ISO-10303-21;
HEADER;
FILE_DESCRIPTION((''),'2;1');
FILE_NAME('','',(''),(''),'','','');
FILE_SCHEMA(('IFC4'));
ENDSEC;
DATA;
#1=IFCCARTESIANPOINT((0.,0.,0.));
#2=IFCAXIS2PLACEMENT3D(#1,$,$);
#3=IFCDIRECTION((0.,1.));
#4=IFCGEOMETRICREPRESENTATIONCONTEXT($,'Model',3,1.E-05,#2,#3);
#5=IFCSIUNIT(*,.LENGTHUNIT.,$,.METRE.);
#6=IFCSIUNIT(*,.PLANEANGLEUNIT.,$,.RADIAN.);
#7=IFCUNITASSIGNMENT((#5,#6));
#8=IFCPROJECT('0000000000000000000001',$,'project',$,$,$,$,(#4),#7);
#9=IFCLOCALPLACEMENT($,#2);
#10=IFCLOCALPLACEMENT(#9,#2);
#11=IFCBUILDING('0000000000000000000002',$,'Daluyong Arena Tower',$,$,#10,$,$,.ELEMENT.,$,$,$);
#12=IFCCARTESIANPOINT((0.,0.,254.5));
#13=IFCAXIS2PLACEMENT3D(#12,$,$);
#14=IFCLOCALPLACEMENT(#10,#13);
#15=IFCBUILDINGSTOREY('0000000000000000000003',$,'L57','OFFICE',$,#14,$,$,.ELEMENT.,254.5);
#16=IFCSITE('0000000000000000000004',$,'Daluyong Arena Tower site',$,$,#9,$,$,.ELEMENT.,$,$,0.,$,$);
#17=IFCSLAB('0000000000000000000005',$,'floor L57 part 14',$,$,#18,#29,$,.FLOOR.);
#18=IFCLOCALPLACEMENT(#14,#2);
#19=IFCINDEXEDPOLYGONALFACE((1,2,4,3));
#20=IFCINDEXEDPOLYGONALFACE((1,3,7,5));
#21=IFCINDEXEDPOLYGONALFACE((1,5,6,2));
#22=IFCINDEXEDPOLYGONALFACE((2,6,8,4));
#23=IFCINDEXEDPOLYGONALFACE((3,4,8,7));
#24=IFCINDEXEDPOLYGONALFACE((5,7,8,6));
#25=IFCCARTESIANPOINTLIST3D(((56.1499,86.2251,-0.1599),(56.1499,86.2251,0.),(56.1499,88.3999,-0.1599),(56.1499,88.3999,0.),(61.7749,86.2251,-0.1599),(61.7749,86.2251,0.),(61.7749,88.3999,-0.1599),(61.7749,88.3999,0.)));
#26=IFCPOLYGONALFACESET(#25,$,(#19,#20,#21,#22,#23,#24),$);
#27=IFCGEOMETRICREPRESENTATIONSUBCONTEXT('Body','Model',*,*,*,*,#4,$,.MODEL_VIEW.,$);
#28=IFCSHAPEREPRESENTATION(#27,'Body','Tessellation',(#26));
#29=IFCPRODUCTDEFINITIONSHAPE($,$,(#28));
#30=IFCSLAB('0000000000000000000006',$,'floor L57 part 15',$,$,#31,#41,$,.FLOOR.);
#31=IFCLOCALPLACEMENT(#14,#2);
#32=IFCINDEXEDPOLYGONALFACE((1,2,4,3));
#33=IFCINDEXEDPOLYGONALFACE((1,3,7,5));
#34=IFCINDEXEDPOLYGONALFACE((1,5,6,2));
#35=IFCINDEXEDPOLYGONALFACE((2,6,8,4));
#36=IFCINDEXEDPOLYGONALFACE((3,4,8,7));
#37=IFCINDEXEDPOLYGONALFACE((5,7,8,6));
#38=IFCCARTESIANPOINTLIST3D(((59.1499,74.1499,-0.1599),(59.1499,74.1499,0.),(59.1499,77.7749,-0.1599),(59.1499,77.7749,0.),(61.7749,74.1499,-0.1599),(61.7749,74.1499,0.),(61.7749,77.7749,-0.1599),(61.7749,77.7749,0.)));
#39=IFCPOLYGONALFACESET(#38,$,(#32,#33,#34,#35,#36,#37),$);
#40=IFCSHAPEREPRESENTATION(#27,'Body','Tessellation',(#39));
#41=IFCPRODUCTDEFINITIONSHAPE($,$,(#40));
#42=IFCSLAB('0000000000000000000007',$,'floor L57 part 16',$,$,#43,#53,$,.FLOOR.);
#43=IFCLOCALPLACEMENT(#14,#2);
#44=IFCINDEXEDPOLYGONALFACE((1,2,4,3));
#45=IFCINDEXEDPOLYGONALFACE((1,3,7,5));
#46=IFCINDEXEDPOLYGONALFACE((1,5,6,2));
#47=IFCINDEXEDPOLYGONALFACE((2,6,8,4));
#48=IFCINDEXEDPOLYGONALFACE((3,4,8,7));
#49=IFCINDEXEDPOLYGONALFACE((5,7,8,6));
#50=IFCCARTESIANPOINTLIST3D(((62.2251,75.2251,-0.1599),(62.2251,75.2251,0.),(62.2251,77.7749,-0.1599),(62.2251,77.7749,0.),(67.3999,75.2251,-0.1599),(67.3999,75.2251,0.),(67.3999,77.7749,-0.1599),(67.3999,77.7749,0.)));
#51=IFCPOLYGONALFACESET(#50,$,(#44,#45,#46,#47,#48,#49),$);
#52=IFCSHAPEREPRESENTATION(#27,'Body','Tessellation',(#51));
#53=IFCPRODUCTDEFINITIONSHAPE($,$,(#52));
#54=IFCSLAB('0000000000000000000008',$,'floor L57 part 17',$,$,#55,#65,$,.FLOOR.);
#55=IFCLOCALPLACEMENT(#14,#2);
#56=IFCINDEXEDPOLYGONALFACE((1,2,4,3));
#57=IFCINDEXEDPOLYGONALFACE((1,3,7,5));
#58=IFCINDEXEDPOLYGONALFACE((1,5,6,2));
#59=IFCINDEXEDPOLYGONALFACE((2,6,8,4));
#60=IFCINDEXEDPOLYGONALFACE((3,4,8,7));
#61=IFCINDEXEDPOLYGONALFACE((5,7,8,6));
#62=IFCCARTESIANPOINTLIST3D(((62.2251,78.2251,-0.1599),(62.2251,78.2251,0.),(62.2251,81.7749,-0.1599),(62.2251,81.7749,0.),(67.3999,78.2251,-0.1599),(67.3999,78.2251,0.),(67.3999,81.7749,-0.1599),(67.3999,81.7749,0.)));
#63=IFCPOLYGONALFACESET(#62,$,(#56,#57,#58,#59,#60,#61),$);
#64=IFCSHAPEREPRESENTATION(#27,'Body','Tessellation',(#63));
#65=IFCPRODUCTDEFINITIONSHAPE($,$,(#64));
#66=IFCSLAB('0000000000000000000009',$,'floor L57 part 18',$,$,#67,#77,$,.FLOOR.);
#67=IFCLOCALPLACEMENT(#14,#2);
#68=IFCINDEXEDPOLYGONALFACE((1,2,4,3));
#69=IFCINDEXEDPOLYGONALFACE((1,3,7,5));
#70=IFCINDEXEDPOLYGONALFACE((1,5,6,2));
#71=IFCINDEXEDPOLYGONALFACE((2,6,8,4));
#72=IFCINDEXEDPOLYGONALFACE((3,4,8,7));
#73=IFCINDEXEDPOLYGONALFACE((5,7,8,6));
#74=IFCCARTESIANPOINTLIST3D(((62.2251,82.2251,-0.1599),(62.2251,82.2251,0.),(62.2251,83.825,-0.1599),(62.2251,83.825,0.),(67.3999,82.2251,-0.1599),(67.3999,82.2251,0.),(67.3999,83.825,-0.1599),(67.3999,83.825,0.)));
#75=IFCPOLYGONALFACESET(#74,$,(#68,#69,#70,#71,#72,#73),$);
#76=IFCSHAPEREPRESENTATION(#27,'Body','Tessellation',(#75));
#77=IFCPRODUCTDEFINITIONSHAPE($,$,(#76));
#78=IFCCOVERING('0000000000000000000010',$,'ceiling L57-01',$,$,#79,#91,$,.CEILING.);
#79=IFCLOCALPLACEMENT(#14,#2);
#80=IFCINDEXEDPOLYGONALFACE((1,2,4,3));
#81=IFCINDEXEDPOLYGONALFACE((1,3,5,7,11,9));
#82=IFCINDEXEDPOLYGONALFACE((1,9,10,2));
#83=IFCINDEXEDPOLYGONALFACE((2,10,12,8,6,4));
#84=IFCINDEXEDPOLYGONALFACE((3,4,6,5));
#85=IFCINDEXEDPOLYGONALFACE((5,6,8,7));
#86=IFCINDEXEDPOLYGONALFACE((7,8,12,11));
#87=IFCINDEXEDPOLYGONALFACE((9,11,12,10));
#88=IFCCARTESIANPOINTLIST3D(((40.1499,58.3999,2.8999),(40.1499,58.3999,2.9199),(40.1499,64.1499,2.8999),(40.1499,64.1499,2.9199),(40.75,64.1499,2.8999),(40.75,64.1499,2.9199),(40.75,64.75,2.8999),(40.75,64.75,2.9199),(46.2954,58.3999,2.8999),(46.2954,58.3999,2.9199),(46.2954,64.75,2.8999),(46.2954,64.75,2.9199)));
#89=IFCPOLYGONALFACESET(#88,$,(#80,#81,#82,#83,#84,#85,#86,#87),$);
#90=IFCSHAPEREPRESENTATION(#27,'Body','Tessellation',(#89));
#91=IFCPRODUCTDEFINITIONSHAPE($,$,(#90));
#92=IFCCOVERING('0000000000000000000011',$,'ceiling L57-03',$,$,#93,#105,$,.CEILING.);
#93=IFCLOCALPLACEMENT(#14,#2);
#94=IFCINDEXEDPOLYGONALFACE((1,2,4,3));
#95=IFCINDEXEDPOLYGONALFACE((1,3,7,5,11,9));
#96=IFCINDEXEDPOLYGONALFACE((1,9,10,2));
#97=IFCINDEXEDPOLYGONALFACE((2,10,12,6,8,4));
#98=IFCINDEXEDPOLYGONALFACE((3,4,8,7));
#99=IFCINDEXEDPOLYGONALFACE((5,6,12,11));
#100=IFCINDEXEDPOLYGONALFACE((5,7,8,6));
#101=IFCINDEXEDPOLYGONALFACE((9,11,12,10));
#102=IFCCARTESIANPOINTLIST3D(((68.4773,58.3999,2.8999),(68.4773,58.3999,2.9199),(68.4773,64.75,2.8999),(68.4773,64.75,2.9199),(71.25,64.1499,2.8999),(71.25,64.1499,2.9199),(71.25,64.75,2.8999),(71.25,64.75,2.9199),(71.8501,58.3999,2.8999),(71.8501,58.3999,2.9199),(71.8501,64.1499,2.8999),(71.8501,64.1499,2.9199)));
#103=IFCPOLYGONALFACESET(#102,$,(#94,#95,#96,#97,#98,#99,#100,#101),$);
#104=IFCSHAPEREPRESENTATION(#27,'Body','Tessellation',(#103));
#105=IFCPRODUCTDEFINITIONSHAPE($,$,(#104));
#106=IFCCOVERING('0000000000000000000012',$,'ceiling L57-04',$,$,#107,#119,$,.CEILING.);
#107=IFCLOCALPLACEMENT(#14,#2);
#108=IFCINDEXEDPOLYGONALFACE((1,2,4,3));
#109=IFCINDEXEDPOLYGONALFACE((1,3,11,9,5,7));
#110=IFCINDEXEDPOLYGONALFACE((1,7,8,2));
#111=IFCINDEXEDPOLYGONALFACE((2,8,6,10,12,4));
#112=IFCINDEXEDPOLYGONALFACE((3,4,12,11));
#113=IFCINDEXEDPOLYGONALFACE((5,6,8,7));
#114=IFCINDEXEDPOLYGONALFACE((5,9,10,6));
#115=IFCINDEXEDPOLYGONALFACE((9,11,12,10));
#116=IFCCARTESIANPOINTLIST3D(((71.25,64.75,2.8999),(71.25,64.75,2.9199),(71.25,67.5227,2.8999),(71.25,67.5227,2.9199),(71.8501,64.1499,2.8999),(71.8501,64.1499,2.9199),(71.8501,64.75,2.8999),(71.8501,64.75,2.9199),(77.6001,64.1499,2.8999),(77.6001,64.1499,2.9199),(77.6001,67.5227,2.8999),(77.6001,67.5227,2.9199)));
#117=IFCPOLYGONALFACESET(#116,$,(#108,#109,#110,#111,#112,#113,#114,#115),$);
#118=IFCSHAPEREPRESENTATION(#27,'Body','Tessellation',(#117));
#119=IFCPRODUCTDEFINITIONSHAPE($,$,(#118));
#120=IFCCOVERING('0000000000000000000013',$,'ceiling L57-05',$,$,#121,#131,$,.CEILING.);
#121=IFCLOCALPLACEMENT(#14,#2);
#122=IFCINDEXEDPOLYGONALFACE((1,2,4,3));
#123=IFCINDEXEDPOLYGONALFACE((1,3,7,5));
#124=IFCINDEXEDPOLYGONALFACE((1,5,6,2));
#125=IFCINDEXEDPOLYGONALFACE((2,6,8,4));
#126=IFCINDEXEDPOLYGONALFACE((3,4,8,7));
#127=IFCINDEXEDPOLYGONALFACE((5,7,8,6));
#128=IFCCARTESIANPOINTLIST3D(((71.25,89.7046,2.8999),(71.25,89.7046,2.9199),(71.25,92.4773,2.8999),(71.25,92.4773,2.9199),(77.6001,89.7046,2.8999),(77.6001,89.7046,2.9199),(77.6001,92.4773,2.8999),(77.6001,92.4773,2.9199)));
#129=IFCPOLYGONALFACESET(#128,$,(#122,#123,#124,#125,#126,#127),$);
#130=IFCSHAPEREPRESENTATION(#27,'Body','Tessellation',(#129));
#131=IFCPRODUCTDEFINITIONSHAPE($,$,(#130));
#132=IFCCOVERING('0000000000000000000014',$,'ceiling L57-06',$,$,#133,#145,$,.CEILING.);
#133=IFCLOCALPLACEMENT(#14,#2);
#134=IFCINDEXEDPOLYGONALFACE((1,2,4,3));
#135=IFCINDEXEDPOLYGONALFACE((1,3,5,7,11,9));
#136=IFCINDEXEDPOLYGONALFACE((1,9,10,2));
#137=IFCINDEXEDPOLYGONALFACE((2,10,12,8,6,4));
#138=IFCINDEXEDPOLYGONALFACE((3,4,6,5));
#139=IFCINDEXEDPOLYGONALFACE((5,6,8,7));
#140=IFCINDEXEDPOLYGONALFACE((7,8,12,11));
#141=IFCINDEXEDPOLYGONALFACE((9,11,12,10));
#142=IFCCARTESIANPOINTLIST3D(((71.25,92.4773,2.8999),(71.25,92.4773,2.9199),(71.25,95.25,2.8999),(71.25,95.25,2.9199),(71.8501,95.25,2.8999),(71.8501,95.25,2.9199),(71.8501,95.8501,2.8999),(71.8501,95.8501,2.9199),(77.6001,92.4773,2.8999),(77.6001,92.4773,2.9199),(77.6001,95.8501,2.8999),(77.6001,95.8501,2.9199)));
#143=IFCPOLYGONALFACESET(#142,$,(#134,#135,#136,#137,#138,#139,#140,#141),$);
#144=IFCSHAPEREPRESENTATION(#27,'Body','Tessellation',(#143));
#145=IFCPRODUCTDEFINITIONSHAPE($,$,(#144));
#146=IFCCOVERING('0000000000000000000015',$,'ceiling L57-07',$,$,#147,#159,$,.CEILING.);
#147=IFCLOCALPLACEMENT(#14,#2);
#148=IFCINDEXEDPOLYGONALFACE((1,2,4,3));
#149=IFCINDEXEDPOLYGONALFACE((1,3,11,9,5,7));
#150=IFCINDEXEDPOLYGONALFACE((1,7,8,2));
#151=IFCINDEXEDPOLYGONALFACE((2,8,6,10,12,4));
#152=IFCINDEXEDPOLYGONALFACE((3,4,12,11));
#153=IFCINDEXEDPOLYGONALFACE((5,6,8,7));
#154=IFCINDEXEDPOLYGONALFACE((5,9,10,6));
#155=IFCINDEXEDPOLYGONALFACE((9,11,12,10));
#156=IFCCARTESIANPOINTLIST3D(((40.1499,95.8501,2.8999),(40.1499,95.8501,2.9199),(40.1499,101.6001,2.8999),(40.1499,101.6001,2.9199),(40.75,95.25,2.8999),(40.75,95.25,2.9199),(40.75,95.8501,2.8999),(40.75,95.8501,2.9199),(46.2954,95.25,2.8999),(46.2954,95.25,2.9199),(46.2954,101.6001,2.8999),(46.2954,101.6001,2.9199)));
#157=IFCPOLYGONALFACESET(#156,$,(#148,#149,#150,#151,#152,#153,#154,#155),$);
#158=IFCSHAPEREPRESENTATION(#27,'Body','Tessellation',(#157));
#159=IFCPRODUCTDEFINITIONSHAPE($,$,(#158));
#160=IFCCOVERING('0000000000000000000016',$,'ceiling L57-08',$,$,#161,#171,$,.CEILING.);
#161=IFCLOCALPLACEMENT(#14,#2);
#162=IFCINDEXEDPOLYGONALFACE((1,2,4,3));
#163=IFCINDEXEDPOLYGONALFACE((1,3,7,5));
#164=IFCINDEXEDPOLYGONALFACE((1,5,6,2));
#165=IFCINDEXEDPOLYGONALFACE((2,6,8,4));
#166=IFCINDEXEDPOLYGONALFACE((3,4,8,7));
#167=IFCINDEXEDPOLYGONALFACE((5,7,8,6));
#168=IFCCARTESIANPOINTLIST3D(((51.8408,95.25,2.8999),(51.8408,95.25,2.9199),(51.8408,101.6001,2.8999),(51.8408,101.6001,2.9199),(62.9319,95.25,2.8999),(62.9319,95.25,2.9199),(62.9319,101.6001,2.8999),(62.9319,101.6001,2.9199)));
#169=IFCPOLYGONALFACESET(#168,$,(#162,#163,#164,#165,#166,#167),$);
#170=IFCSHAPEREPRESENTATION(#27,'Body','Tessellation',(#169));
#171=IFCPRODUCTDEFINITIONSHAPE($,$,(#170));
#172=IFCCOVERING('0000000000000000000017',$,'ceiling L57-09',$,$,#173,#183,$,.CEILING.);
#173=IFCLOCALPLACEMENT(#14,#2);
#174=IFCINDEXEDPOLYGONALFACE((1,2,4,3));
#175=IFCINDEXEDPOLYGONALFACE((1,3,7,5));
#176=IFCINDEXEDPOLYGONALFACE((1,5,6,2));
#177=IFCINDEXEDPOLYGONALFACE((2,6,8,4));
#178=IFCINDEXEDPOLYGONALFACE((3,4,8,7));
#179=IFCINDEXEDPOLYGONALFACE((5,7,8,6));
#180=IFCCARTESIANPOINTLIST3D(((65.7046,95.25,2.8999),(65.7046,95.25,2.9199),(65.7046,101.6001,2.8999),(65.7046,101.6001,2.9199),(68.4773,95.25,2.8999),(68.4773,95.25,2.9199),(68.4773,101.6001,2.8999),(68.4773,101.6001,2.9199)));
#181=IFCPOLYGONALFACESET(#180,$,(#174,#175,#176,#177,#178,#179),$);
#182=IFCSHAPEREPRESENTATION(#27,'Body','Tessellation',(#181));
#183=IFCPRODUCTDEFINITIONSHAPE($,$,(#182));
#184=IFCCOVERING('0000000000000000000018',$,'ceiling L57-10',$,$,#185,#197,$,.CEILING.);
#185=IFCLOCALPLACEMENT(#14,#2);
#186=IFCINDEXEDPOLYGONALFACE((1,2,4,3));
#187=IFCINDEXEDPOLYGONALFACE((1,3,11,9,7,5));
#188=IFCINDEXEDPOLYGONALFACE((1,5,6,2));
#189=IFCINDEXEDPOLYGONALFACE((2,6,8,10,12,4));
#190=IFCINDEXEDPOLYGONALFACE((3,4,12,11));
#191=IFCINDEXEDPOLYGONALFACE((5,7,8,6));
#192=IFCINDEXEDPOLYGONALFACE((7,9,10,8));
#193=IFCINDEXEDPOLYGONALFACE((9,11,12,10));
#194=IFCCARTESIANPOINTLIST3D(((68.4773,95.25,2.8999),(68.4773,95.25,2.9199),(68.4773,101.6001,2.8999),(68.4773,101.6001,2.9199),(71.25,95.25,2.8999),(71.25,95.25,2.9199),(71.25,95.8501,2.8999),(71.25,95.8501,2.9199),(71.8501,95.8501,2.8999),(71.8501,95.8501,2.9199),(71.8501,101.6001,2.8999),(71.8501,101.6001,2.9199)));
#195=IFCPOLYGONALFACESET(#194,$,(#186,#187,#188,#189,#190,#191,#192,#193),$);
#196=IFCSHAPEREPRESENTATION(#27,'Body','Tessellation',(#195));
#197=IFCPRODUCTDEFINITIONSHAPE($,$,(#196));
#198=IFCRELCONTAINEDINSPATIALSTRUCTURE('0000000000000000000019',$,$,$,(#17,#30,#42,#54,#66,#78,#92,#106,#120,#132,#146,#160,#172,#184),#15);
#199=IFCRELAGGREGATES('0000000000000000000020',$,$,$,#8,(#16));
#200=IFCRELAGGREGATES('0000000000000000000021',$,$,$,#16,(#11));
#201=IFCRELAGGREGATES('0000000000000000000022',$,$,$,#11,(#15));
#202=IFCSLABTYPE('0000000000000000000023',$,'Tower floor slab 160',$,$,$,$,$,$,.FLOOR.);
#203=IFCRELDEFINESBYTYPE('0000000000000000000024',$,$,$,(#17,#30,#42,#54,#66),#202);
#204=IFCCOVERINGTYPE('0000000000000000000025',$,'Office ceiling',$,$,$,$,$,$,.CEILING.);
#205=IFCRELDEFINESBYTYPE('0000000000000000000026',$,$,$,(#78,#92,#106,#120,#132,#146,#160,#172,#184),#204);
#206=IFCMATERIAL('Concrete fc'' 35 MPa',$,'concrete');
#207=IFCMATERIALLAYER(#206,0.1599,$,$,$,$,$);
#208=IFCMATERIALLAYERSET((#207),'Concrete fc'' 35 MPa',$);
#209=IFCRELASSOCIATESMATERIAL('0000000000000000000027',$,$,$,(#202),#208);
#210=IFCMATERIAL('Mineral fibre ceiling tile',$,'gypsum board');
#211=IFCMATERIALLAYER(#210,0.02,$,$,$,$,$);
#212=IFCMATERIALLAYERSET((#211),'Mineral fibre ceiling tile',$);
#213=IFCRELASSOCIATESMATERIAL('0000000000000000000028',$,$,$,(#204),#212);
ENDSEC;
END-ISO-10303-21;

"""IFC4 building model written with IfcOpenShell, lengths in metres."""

from ifc_helpers import new_model, si_unit, direction, frame, origin, place, context, subcontext, project, spatial, polyline, outline, extrude, material, layer, layer_set, type_object, element, save


model = new_model("IFC4")

# Units and contexts
model_context = context("Model", 3, precision=1e-05, world=origin(), true_north=direction((0.0, 1.0)))
body_context = subcontext(model_context, "Body", "Model", "MODEL_VIEW")
ifc_project = project(units=[si_unit("LENGTHUNIT", "METRE"), si_unit("PLANEANGLEUNIT", "RADIAN")], contexts=[model_context])

# Site, building, storey
site_placement = place(None, origin())
site = spatial("IfcSite", under=ifc_project, at=site_placement, Name="Daluyong Arena Tower site", CompositionType="ELEMENT", RefElevation=0.0)
building_placement = place(site_placement, origin())
building = spatial("IfcBuilding", under=site, at=building_placement, Name="Daluyong Arena Tower", CompositionType="ELEMENT")
storey_placement = place(building_placement, frame((0.0, 0.0, 254.5)))
storey = spatial("IfcBuildingStorey", under=building, at=storey_placement, Name="L57", Description="OFFICE", CompositionType="ELEMENT", Elevation=254.5)

# Slabs
ifc_material_1 = material(Name="Concrete fc' 35 MPa", Category="concrete")
ifc_layer_1 = layer(ifc_material_1, 0.1599)
ifc_layer_set_1 = layer_set([ifc_layer_1], Name="Concrete fc' 35 MPa")
slab_type = type_object("IfcSlabType", Name="Tower floor slab 160", PredefinedType="FLOOR", material=ifc_layer_set_1)
slab_1_placement = place(storey_placement, frame((0.0, 0.0, -0.1599)))
element("IfcSlab", 1, at=slab_1_placement, inside=storey, type_object=slab_type, Name="floor L57 part 14", PredefinedType="FLOOR", context=body_context, shape_type="SweptSolid", body=[
    extrude(outline(polyline([(56.1499, 88.3999), (56.1499, 86.2251), (61.7749, 86.2251), (61.7749, 88.3999), (56.1499, 88.3999)])), origin(), (0.0, 0.0, 1.0), 0.1599),
])
slab_2_placement = place(storey_placement, frame((0.0, 0.0, -0.1599)))
element("IfcSlab", 2, at=slab_2_placement, inside=storey, type_object=slab_type, Name="floor L57 part 15", PredefinedType="FLOOR", context=body_context, shape_type="SweptSolid", body=[
    extrude(outline(polyline([(61.7749, 77.7749), (59.1499, 77.7749), (59.1499, 74.1499), (61.7749, 74.1499), (61.7749, 77.7749)])), origin(), (0.0, 0.0, 1.0), 0.1599),
])
slab_3_placement = place(storey_placement, frame((0.0, 0.0, -0.1599)))
element("IfcSlab", 3, at=slab_3_placement, inside=storey, type_object=slab_type, Name="floor L57 part 16", PredefinedType="FLOOR", context=body_context, shape_type="SweptSolid", body=[
    extrude(outline(polyline([(67.3999, 75.2251), (67.3999, 77.7749), (62.2251, 77.7749), (62.2251, 75.2251), (67.3999, 75.2251)])), origin(), (0.0, 0.0, 1.0), 0.1599),
])
slab_4_placement = place(storey_placement, frame((0.0, 0.0, -0.1599)))
element("IfcSlab", 4, at=slab_4_placement, inside=storey, type_object=slab_type, Name="floor L57 part 17", PredefinedType="FLOOR", context=body_context, shape_type="SweptSolid", body=[
    extrude(outline(polyline([(67.3999, 78.2251), (67.3999, 81.7749), (62.2251, 81.7749), (62.2251, 78.2251), (67.3999, 78.2251)])), origin(), (0.0, 0.0, 1.0), 0.1599),
])
slab_5_placement = place(storey_placement, frame((0.0, 0.0, -0.1599)))
element("IfcSlab", 5, at=slab_5_placement, inside=storey, type_object=slab_type, Name="floor L57 part 18", PredefinedType="FLOOR", context=body_context, shape_type="SweptSolid", body=[
    extrude(outline(polyline([(67.3999, 83.825), (62.2251, 83.825), (62.2251, 82.2251), (67.3999, 82.2251), (67.3999, 83.825)])), origin(), (0.0, 0.0, 1.0), 0.1599),
])

# Coverings
ifc_material_2 = material(Name="Mineral fibre ceiling tile", Category="gypsum board")
ifc_layer_2 = layer(ifc_material_2, 0.02)
ifc_layer_set_2 = layer_set([ifc_layer_2], Name="Mineral fibre ceiling tile")
covering_type = type_object("IfcCoveringType", Name="Office ceiling", PredefinedType="CEILING", material=ifc_layer_set_2)
covering_1_placement = place(storey_placement, frame((0.0, 0.0, 2.8999)))
element("IfcCovering", 6, at=covering_1_placement, inside=storey, type_object=covering_type, Name="ceiling L57-01", PredefinedType="CEILING", context=body_context, shape_type="SweptSolid", body=[
    extrude(outline(polyline([(40.1499, 64.1499), (40.1499, 58.3999), (46.2954, 58.3999), (46.2954, 64.75), (40.75, 64.75), (40.75, 64.1499), (40.1499, 64.1499)])), origin(), (0.0, 0.0, 1.0), 0.02),
])
covering_2_placement = place(storey_placement, frame((0.0, 0.0, 2.8999)))
element("IfcCovering", 7, at=covering_2_placement, inside=storey, type_object=covering_type, Name="ceiling L57-03", PredefinedType="CEILING", context=body_context, shape_type="SweptSolid", body=[
    extrude(outline(polyline([(71.8501, 58.3999), (71.8501, 64.1499), (71.25, 64.1499), (71.25, 64.75), (68.4773, 64.75), (68.4773, 58.3999), (71.8501, 58.3999)])), origin(), (0.0, 0.0, 1.0), 0.02),
])
covering_3_placement = place(storey_placement, frame((0.0, 0.0, 2.8999)))
element("IfcCovering", 8, at=covering_3_placement, inside=storey, type_object=covering_type, Name="ceiling L57-04", PredefinedType="CEILING", context=body_context, shape_type="SweptSolid", body=[
    extrude(outline(polyline([(71.8501, 64.1499), (77.6001, 64.1499), (77.6001, 67.5227), (71.25, 67.5227), (71.25, 64.75), (71.8501, 64.75), (71.8501, 64.1499)])), origin(), (0.0, 0.0, 1.0), 0.02),
])
covering_4_placement = place(storey_placement, frame((0.0, 0.0, 2.8999)))
element("IfcCovering", 9, at=covering_4_placement, inside=storey, type_object=covering_type, Name="ceiling L57-05", PredefinedType="CEILING", context=body_context, shape_type="SweptSolid", body=[
    extrude(outline(polyline([(71.25, 89.7046), (77.6001, 89.7046), (77.6001, 92.4773), (71.25, 92.4773), (71.25, 89.7046)])), origin(), (0.0, 0.0, 1.0), 0.02),
])
covering_5_placement = place(storey_placement, frame((0.0, 0.0, 2.8999)))
element("IfcCovering", 10, at=covering_5_placement, inside=storey, type_object=covering_type, Name="ceiling L57-06", PredefinedType="CEILING", context=body_context, shape_type="SweptSolid", body=[
    extrude(outline(polyline([(71.25, 92.4773), (77.6001, 92.4773), (77.6001, 95.8501), (71.8501, 95.8501), (71.8501, 95.25), (71.25, 95.25), (71.25, 92.4773)])), origin(), (0.0, 0.0, 1.0), 0.02),
])
covering_6_placement = place(storey_placement, frame((0.0, 0.0, 2.8999)))
element("IfcCovering", 11, at=covering_6_placement, inside=storey, type_object=covering_type, Name="ceiling L57-07", PredefinedType="CEILING", context=body_context, shape_type="SweptSolid", body=[
    extrude(outline(polyline([(46.2954, 95.25), (46.2954, 101.6001), (40.1499, 101.6001), (40.1499, 95.8501), (40.75, 95.8501), (40.75, 95.25), (46.2954, 95.25)])), origin(), (0.0, 0.0, 1.0), 0.02),
])
covering_7_placement = place(storey_placement, frame((0.0, 0.0, 2.8999)))
element("IfcCovering", 12, at=covering_7_placement, inside=storey, type_object=covering_type, Name="ceiling L57-08", PredefinedType="CEILING", context=body_context, shape_type="SweptSolid", body=[
    extrude(outline(polyline([(62.9319, 95.25), (62.9319, 101.6001), (51.8408, 101.6001), (51.8408, 95.25), (62.9319, 95.25)])), origin(), (0.0, 0.0, 1.0), 0.02),
])
covering_8_placement = place(storey_placement, frame((0.0, 0.0, 2.8999)))
element("IfcCovering", 13, at=covering_8_placement, inside=storey, type_object=covering_type, Name="ceiling L57-09", PredefinedType="CEILING", context=body_context, shape_type="SweptSolid", body=[
    extrude(outline(polyline([(68.4773, 95.25), (68.4773, 101.6001), (65.7046, 101.6001), (65.7046, 95.25), (68.4773, 95.25)])), origin(), (0.0, 0.0, 1.0), 0.02),
])
covering_9_placement = place(storey_placement, frame((0.0, 0.0, 2.8999)))
element("IfcCovering", 14, at=covering_9_placement, inside=storey, type_object=covering_type, Name="ceiling L57-10", PredefinedType="CEILING", context=body_context, shape_type="SweptSolid", body=[
    extrude(outline(polyline([(68.4773, 95.25), (71.25, 95.25), (71.25, 95.8501), (71.8501, 95.8501), (71.8501, 101.6001), (68.4773, 101.6001), (68.4773, 95.25)])), origin(), (0.0, 0.0, 1.0), 0.02),
])

save(model, "model.ifc")
